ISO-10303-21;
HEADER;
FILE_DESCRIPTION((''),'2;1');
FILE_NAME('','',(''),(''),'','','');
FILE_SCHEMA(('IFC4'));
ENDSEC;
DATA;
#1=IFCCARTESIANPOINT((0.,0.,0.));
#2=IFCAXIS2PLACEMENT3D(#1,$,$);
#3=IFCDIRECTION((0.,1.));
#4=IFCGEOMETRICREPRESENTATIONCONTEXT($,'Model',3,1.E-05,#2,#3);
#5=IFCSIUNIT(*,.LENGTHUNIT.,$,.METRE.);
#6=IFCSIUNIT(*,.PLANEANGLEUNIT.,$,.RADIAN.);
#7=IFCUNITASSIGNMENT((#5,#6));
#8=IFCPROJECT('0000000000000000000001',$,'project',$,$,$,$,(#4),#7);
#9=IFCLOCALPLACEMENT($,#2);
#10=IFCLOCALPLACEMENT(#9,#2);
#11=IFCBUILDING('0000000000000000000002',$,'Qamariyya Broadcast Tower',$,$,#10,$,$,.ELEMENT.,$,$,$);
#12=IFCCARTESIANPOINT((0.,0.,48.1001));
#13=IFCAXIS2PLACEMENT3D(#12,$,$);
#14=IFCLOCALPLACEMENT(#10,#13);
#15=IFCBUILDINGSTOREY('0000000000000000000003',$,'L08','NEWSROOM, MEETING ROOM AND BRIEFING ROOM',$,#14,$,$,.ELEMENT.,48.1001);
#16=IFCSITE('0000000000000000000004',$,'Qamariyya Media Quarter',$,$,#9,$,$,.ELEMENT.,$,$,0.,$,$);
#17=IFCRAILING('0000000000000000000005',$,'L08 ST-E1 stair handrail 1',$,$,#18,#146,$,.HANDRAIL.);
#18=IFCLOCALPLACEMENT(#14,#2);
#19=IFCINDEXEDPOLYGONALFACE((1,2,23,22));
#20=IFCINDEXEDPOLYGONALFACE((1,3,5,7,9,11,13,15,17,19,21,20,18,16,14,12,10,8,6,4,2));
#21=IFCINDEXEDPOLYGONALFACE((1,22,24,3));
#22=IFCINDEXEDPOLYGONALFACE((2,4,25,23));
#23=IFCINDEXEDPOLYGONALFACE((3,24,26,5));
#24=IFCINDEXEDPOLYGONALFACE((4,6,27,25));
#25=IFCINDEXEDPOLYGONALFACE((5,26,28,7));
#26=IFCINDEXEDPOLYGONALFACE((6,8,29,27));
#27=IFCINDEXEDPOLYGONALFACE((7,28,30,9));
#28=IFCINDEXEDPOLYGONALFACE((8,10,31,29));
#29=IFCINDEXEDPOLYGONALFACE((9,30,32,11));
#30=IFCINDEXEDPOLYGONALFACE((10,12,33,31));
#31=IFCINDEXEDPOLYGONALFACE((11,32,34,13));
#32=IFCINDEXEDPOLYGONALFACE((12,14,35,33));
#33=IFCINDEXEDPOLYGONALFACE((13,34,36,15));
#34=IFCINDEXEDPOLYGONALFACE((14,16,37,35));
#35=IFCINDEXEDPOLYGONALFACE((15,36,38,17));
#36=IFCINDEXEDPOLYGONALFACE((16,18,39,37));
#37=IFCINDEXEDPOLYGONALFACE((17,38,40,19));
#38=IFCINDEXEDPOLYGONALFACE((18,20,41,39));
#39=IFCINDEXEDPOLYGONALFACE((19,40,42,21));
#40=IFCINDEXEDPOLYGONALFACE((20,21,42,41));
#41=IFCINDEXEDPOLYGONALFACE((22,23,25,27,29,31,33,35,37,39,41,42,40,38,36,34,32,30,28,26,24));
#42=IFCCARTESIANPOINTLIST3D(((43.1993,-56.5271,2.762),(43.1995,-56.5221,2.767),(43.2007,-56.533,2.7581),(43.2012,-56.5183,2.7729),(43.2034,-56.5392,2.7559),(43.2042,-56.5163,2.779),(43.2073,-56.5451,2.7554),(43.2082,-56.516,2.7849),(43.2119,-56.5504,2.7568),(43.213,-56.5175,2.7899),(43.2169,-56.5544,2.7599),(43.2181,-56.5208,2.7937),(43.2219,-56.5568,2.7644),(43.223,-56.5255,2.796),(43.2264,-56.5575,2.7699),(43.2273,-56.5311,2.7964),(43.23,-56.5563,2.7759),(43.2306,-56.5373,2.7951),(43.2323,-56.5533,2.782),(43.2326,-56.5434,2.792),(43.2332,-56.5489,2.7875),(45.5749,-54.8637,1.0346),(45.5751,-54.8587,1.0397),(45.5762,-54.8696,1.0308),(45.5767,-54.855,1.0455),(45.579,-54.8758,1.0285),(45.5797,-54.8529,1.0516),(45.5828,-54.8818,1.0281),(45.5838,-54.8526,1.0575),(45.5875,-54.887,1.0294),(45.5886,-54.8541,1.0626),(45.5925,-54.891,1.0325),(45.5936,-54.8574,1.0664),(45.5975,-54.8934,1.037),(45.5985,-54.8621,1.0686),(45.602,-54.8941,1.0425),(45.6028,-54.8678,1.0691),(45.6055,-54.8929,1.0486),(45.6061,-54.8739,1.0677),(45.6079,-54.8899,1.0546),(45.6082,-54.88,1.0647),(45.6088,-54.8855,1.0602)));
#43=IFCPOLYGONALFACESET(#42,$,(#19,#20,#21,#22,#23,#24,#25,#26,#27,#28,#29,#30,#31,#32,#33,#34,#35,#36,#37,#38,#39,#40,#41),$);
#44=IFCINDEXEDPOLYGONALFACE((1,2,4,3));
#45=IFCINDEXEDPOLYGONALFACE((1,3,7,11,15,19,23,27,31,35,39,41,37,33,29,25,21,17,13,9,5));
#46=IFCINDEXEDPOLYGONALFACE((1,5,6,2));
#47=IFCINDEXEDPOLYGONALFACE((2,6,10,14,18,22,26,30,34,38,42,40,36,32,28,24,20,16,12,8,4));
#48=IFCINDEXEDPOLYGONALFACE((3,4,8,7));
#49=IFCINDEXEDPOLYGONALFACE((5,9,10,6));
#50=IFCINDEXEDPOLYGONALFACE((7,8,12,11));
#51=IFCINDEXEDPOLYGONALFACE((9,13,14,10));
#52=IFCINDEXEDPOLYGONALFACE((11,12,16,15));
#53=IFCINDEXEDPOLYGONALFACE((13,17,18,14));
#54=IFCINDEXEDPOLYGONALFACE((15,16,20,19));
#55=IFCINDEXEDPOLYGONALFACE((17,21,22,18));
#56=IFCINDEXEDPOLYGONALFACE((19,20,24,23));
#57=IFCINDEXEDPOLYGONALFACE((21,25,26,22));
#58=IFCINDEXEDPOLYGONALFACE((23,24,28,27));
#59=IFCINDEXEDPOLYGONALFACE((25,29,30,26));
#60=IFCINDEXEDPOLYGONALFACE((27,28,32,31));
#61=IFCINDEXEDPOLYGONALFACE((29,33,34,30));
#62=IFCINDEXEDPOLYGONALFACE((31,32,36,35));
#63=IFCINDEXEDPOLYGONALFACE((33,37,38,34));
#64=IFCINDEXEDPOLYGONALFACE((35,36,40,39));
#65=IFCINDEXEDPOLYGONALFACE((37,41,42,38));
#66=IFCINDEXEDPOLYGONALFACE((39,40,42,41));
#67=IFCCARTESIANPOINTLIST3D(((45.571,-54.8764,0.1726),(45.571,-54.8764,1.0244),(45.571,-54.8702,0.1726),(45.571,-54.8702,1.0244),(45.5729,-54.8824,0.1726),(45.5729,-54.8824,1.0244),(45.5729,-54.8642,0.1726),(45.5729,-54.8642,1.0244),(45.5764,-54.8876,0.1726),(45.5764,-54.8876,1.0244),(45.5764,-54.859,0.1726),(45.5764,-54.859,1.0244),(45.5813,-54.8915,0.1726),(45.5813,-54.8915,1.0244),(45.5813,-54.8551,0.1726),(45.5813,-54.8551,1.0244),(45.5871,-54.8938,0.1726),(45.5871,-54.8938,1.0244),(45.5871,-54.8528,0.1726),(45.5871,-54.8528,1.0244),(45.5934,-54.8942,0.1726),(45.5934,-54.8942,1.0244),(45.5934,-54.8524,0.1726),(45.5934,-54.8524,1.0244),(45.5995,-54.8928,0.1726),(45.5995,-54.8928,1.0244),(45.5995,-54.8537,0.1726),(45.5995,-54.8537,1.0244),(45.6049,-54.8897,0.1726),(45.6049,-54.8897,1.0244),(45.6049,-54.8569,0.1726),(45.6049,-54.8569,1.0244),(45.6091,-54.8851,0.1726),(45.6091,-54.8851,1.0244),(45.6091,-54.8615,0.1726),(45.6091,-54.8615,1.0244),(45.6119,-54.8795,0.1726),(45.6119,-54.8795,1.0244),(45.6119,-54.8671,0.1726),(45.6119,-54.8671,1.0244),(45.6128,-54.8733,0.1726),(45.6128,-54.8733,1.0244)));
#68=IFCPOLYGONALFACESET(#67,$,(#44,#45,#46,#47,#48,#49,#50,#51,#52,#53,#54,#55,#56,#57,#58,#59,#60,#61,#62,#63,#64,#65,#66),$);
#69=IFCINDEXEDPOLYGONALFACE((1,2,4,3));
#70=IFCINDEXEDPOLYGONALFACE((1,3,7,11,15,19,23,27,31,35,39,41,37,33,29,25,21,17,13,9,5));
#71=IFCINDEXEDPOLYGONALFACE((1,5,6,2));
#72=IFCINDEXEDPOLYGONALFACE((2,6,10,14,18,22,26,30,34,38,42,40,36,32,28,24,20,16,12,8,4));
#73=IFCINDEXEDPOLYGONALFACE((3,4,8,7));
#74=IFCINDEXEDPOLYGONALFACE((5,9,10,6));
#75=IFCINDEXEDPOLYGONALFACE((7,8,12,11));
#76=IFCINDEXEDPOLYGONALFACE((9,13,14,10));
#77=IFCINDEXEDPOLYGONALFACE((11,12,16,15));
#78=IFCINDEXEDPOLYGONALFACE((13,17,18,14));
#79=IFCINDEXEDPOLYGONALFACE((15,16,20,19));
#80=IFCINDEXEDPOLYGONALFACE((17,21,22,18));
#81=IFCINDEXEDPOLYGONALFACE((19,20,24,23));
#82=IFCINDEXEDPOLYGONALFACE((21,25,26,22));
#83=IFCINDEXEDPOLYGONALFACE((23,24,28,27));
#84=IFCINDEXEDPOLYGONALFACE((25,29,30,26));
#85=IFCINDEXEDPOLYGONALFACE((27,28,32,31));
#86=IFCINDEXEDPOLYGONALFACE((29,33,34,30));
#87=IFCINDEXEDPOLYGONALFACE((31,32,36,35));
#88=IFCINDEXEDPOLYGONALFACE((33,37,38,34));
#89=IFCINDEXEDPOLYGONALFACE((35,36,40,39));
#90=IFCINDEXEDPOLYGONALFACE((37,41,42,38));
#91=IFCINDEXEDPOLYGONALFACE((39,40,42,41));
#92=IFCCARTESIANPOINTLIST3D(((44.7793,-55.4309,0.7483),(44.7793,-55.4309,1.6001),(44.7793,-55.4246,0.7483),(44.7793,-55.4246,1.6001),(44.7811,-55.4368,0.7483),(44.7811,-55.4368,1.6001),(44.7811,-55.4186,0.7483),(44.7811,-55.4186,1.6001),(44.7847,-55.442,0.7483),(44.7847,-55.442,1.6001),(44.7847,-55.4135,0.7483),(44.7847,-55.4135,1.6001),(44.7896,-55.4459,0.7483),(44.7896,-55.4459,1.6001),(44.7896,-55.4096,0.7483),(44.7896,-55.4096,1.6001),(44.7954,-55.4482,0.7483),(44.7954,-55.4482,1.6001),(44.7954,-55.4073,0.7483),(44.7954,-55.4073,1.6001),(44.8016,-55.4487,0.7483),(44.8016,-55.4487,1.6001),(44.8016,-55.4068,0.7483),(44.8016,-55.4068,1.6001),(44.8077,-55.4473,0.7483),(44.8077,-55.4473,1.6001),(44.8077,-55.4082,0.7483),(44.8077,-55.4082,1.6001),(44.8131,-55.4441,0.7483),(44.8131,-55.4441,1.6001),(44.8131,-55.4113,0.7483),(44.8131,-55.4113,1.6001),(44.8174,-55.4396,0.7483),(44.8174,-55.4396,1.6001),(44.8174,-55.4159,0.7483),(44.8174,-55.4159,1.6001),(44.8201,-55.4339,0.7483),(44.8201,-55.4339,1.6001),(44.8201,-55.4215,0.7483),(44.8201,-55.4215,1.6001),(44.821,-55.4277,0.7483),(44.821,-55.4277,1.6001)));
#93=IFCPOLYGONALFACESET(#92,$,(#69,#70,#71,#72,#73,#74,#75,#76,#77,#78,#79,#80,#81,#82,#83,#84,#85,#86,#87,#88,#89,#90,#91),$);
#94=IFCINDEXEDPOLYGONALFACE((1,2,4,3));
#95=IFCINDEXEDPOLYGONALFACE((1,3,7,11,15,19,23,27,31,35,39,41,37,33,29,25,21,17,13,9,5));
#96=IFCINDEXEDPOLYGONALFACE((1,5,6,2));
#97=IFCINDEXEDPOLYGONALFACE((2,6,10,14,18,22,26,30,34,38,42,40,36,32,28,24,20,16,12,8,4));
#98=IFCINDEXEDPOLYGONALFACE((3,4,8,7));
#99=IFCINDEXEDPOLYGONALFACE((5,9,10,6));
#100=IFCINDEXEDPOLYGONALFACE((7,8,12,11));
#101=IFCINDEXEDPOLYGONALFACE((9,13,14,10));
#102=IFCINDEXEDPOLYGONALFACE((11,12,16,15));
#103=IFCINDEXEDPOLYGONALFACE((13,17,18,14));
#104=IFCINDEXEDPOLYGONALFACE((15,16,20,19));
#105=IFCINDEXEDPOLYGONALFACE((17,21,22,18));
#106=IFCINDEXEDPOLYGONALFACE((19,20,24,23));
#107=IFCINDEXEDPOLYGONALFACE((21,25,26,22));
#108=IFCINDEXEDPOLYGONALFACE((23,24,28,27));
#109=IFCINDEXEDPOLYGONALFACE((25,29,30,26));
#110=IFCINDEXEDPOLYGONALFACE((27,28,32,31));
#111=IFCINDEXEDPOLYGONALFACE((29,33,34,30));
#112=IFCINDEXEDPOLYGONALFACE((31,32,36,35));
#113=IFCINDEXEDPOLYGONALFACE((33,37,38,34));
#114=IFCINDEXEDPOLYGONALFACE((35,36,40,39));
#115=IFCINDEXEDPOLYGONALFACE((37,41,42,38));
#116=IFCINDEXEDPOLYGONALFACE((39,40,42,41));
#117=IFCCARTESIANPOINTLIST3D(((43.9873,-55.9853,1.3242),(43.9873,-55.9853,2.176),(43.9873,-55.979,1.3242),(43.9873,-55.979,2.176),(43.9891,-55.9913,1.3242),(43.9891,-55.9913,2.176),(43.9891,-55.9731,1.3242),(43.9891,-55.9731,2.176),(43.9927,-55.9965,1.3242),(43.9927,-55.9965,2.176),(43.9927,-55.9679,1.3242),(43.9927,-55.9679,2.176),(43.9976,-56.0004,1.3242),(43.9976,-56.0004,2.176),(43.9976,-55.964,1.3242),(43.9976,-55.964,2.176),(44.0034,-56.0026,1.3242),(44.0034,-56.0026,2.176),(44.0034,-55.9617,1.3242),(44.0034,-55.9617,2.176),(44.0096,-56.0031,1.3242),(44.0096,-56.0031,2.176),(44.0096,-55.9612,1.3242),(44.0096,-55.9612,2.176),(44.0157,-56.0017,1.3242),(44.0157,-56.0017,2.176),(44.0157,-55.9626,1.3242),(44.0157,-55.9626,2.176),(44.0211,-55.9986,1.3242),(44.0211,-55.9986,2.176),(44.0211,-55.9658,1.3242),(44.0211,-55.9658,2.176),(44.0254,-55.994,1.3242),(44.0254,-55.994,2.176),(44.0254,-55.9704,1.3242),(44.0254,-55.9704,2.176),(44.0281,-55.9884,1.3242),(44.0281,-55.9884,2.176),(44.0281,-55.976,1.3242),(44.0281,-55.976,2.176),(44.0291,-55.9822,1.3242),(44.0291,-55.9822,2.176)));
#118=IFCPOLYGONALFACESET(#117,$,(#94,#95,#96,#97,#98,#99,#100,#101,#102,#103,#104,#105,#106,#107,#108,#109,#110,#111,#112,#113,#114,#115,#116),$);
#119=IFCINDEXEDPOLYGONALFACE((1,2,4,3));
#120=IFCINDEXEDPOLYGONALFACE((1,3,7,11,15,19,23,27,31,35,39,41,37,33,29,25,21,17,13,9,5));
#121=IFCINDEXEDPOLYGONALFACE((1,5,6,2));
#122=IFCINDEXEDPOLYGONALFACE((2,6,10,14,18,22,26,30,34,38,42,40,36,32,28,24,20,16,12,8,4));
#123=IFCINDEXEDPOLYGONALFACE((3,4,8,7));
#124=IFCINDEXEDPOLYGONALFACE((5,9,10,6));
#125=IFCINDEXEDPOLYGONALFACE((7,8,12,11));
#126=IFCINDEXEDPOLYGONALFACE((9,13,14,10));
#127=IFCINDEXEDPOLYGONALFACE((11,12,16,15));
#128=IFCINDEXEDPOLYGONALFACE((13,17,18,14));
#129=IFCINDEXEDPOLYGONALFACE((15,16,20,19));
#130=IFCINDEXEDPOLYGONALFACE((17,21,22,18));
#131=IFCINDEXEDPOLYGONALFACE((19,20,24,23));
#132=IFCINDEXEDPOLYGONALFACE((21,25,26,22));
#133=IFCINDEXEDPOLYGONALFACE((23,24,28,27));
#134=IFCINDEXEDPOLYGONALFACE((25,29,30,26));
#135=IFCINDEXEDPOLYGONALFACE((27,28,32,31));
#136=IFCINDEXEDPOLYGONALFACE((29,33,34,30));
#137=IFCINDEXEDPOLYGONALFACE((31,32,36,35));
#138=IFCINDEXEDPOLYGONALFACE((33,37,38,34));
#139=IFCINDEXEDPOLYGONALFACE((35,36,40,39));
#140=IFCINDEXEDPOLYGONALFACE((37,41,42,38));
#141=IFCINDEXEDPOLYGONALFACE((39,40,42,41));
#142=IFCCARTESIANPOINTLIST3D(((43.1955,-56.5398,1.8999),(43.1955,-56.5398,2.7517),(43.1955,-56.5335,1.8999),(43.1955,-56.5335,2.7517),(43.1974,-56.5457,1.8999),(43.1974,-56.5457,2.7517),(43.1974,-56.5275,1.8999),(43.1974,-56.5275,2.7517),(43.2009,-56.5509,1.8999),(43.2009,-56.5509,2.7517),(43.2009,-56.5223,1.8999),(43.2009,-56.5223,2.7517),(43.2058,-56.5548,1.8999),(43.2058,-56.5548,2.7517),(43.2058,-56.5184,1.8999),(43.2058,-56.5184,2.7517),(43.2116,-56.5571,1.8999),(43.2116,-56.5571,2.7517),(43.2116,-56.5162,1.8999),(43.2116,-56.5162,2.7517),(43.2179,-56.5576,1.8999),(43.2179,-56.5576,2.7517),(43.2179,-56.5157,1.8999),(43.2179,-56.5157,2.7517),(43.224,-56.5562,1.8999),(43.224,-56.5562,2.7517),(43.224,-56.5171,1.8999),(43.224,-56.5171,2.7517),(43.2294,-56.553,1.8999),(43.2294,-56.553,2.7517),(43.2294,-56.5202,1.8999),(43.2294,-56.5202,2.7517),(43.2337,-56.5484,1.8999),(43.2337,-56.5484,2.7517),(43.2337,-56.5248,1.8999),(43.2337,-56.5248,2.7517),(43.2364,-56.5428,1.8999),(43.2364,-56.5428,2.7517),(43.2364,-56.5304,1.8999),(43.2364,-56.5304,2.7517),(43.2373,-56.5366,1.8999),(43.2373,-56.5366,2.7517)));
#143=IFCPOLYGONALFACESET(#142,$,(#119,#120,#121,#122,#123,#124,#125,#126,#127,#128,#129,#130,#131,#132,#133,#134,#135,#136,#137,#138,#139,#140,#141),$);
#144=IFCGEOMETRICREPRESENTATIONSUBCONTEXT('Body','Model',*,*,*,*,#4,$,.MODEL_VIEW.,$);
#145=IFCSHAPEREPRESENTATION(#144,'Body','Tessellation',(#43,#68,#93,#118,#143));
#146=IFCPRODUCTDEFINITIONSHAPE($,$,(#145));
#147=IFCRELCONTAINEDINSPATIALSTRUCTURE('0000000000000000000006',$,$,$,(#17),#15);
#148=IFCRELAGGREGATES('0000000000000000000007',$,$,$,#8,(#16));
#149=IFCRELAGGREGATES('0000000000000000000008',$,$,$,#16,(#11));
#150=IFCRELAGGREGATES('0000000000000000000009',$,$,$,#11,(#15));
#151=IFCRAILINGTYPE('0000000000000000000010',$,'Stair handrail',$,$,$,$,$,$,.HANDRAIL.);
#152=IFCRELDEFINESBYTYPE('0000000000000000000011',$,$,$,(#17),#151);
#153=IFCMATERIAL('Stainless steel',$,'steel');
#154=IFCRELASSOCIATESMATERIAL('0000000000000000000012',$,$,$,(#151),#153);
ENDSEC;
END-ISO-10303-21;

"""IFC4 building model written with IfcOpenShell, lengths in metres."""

from ifc_helpers import new_model, si_unit, direction, frame, origin, origin_2d, place, context, subcontext, project, spatial, circle, extrude, material, type_object, element, save


model = new_model("IFC4")

# Units and contexts
model_context = context("Model", 3, precision=1e-05, world=origin(), true_north=direction((0.0, 1.0)))
body_context = subcontext(model_context, "Body", "Model", "MODEL_VIEW")
ifc_project = project(units=[si_unit("LENGTHUNIT", "METRE"), si_unit("PLANEANGLEUNIT", "RADIAN")], contexts=[model_context])

# Site, building, storey
site_placement = place(None, origin())
site = spatial("IfcSite", under=ifc_project, at=site_placement, Name="Qamariyya Media Quarter", CompositionType="ELEMENT", RefElevation=0.0)
building_placement = place(site_placement, origin())
building = spatial("IfcBuilding", under=site, at=building_placement, Name="Qamariyya Broadcast Tower", CompositionType="ELEMENT")
storey_placement = place(building_placement, frame((0.0, 0.0, 48.1001)))
storey = spatial("IfcBuildingStorey", under=building, at=storey_placement, Name="L08", Description="NEWSROOM, MEETING ROOM AND BRIEFING ROOM", CompositionType="ELEMENT", Elevation=48.1001)

# Railing
ifc_material_1 = material(Name="Stainless steel", Category="steel")
railing_type_1 = type_object("IfcRailingType", Name="Stair handrail", PredefinedType="HANDRAIL", material=ifc_material_1)
railing_1_placement = place(storey_placement, frame((45.5918, -54.8733, 0.1726)))
element("IfcRailing", 1, at=railing_1_placement, inside=storey, type_object=railing_type_1, Name="L08 ST-E1 stair handrail 1", PredefinedType="HANDRAIL", context=body_context, shape_type="SweptSolid", body=[
    extrude(circle(Radius=0.0239, at=origin_2d()), frame((0.0, 0.0, 0.876), z_axis=(-0.70377, -0.492784, 0.511734), x_axis=(0.573575, -0.819153, 0.0)), (0.0, 0.0, 1.0), 3.3755),
    extrude(circle(Radius=0.021, at=origin_2d()), origin(), (0.0, 0.0, 1.0), 0.8518),
    extrude(circle(Radius=0.021, at=origin_2d()), frame((-0.7917, -0.5544, 0.5757)), (0.0, 0.0, 1.0), 0.8518),
    extrude(circle(Radius=0.021, at=origin_2d()), frame((-1.5837, -1.1089, 1.1516)), (0.0, 0.0, 1.0), 0.8518),
    extrude(circle(Radius=0.021, at=origin_2d()), frame((-2.3755, -1.6633, 1.7273)), (0.0, 0.0, 1.0), 0.8518),
])

save(model, "model.ifc")
